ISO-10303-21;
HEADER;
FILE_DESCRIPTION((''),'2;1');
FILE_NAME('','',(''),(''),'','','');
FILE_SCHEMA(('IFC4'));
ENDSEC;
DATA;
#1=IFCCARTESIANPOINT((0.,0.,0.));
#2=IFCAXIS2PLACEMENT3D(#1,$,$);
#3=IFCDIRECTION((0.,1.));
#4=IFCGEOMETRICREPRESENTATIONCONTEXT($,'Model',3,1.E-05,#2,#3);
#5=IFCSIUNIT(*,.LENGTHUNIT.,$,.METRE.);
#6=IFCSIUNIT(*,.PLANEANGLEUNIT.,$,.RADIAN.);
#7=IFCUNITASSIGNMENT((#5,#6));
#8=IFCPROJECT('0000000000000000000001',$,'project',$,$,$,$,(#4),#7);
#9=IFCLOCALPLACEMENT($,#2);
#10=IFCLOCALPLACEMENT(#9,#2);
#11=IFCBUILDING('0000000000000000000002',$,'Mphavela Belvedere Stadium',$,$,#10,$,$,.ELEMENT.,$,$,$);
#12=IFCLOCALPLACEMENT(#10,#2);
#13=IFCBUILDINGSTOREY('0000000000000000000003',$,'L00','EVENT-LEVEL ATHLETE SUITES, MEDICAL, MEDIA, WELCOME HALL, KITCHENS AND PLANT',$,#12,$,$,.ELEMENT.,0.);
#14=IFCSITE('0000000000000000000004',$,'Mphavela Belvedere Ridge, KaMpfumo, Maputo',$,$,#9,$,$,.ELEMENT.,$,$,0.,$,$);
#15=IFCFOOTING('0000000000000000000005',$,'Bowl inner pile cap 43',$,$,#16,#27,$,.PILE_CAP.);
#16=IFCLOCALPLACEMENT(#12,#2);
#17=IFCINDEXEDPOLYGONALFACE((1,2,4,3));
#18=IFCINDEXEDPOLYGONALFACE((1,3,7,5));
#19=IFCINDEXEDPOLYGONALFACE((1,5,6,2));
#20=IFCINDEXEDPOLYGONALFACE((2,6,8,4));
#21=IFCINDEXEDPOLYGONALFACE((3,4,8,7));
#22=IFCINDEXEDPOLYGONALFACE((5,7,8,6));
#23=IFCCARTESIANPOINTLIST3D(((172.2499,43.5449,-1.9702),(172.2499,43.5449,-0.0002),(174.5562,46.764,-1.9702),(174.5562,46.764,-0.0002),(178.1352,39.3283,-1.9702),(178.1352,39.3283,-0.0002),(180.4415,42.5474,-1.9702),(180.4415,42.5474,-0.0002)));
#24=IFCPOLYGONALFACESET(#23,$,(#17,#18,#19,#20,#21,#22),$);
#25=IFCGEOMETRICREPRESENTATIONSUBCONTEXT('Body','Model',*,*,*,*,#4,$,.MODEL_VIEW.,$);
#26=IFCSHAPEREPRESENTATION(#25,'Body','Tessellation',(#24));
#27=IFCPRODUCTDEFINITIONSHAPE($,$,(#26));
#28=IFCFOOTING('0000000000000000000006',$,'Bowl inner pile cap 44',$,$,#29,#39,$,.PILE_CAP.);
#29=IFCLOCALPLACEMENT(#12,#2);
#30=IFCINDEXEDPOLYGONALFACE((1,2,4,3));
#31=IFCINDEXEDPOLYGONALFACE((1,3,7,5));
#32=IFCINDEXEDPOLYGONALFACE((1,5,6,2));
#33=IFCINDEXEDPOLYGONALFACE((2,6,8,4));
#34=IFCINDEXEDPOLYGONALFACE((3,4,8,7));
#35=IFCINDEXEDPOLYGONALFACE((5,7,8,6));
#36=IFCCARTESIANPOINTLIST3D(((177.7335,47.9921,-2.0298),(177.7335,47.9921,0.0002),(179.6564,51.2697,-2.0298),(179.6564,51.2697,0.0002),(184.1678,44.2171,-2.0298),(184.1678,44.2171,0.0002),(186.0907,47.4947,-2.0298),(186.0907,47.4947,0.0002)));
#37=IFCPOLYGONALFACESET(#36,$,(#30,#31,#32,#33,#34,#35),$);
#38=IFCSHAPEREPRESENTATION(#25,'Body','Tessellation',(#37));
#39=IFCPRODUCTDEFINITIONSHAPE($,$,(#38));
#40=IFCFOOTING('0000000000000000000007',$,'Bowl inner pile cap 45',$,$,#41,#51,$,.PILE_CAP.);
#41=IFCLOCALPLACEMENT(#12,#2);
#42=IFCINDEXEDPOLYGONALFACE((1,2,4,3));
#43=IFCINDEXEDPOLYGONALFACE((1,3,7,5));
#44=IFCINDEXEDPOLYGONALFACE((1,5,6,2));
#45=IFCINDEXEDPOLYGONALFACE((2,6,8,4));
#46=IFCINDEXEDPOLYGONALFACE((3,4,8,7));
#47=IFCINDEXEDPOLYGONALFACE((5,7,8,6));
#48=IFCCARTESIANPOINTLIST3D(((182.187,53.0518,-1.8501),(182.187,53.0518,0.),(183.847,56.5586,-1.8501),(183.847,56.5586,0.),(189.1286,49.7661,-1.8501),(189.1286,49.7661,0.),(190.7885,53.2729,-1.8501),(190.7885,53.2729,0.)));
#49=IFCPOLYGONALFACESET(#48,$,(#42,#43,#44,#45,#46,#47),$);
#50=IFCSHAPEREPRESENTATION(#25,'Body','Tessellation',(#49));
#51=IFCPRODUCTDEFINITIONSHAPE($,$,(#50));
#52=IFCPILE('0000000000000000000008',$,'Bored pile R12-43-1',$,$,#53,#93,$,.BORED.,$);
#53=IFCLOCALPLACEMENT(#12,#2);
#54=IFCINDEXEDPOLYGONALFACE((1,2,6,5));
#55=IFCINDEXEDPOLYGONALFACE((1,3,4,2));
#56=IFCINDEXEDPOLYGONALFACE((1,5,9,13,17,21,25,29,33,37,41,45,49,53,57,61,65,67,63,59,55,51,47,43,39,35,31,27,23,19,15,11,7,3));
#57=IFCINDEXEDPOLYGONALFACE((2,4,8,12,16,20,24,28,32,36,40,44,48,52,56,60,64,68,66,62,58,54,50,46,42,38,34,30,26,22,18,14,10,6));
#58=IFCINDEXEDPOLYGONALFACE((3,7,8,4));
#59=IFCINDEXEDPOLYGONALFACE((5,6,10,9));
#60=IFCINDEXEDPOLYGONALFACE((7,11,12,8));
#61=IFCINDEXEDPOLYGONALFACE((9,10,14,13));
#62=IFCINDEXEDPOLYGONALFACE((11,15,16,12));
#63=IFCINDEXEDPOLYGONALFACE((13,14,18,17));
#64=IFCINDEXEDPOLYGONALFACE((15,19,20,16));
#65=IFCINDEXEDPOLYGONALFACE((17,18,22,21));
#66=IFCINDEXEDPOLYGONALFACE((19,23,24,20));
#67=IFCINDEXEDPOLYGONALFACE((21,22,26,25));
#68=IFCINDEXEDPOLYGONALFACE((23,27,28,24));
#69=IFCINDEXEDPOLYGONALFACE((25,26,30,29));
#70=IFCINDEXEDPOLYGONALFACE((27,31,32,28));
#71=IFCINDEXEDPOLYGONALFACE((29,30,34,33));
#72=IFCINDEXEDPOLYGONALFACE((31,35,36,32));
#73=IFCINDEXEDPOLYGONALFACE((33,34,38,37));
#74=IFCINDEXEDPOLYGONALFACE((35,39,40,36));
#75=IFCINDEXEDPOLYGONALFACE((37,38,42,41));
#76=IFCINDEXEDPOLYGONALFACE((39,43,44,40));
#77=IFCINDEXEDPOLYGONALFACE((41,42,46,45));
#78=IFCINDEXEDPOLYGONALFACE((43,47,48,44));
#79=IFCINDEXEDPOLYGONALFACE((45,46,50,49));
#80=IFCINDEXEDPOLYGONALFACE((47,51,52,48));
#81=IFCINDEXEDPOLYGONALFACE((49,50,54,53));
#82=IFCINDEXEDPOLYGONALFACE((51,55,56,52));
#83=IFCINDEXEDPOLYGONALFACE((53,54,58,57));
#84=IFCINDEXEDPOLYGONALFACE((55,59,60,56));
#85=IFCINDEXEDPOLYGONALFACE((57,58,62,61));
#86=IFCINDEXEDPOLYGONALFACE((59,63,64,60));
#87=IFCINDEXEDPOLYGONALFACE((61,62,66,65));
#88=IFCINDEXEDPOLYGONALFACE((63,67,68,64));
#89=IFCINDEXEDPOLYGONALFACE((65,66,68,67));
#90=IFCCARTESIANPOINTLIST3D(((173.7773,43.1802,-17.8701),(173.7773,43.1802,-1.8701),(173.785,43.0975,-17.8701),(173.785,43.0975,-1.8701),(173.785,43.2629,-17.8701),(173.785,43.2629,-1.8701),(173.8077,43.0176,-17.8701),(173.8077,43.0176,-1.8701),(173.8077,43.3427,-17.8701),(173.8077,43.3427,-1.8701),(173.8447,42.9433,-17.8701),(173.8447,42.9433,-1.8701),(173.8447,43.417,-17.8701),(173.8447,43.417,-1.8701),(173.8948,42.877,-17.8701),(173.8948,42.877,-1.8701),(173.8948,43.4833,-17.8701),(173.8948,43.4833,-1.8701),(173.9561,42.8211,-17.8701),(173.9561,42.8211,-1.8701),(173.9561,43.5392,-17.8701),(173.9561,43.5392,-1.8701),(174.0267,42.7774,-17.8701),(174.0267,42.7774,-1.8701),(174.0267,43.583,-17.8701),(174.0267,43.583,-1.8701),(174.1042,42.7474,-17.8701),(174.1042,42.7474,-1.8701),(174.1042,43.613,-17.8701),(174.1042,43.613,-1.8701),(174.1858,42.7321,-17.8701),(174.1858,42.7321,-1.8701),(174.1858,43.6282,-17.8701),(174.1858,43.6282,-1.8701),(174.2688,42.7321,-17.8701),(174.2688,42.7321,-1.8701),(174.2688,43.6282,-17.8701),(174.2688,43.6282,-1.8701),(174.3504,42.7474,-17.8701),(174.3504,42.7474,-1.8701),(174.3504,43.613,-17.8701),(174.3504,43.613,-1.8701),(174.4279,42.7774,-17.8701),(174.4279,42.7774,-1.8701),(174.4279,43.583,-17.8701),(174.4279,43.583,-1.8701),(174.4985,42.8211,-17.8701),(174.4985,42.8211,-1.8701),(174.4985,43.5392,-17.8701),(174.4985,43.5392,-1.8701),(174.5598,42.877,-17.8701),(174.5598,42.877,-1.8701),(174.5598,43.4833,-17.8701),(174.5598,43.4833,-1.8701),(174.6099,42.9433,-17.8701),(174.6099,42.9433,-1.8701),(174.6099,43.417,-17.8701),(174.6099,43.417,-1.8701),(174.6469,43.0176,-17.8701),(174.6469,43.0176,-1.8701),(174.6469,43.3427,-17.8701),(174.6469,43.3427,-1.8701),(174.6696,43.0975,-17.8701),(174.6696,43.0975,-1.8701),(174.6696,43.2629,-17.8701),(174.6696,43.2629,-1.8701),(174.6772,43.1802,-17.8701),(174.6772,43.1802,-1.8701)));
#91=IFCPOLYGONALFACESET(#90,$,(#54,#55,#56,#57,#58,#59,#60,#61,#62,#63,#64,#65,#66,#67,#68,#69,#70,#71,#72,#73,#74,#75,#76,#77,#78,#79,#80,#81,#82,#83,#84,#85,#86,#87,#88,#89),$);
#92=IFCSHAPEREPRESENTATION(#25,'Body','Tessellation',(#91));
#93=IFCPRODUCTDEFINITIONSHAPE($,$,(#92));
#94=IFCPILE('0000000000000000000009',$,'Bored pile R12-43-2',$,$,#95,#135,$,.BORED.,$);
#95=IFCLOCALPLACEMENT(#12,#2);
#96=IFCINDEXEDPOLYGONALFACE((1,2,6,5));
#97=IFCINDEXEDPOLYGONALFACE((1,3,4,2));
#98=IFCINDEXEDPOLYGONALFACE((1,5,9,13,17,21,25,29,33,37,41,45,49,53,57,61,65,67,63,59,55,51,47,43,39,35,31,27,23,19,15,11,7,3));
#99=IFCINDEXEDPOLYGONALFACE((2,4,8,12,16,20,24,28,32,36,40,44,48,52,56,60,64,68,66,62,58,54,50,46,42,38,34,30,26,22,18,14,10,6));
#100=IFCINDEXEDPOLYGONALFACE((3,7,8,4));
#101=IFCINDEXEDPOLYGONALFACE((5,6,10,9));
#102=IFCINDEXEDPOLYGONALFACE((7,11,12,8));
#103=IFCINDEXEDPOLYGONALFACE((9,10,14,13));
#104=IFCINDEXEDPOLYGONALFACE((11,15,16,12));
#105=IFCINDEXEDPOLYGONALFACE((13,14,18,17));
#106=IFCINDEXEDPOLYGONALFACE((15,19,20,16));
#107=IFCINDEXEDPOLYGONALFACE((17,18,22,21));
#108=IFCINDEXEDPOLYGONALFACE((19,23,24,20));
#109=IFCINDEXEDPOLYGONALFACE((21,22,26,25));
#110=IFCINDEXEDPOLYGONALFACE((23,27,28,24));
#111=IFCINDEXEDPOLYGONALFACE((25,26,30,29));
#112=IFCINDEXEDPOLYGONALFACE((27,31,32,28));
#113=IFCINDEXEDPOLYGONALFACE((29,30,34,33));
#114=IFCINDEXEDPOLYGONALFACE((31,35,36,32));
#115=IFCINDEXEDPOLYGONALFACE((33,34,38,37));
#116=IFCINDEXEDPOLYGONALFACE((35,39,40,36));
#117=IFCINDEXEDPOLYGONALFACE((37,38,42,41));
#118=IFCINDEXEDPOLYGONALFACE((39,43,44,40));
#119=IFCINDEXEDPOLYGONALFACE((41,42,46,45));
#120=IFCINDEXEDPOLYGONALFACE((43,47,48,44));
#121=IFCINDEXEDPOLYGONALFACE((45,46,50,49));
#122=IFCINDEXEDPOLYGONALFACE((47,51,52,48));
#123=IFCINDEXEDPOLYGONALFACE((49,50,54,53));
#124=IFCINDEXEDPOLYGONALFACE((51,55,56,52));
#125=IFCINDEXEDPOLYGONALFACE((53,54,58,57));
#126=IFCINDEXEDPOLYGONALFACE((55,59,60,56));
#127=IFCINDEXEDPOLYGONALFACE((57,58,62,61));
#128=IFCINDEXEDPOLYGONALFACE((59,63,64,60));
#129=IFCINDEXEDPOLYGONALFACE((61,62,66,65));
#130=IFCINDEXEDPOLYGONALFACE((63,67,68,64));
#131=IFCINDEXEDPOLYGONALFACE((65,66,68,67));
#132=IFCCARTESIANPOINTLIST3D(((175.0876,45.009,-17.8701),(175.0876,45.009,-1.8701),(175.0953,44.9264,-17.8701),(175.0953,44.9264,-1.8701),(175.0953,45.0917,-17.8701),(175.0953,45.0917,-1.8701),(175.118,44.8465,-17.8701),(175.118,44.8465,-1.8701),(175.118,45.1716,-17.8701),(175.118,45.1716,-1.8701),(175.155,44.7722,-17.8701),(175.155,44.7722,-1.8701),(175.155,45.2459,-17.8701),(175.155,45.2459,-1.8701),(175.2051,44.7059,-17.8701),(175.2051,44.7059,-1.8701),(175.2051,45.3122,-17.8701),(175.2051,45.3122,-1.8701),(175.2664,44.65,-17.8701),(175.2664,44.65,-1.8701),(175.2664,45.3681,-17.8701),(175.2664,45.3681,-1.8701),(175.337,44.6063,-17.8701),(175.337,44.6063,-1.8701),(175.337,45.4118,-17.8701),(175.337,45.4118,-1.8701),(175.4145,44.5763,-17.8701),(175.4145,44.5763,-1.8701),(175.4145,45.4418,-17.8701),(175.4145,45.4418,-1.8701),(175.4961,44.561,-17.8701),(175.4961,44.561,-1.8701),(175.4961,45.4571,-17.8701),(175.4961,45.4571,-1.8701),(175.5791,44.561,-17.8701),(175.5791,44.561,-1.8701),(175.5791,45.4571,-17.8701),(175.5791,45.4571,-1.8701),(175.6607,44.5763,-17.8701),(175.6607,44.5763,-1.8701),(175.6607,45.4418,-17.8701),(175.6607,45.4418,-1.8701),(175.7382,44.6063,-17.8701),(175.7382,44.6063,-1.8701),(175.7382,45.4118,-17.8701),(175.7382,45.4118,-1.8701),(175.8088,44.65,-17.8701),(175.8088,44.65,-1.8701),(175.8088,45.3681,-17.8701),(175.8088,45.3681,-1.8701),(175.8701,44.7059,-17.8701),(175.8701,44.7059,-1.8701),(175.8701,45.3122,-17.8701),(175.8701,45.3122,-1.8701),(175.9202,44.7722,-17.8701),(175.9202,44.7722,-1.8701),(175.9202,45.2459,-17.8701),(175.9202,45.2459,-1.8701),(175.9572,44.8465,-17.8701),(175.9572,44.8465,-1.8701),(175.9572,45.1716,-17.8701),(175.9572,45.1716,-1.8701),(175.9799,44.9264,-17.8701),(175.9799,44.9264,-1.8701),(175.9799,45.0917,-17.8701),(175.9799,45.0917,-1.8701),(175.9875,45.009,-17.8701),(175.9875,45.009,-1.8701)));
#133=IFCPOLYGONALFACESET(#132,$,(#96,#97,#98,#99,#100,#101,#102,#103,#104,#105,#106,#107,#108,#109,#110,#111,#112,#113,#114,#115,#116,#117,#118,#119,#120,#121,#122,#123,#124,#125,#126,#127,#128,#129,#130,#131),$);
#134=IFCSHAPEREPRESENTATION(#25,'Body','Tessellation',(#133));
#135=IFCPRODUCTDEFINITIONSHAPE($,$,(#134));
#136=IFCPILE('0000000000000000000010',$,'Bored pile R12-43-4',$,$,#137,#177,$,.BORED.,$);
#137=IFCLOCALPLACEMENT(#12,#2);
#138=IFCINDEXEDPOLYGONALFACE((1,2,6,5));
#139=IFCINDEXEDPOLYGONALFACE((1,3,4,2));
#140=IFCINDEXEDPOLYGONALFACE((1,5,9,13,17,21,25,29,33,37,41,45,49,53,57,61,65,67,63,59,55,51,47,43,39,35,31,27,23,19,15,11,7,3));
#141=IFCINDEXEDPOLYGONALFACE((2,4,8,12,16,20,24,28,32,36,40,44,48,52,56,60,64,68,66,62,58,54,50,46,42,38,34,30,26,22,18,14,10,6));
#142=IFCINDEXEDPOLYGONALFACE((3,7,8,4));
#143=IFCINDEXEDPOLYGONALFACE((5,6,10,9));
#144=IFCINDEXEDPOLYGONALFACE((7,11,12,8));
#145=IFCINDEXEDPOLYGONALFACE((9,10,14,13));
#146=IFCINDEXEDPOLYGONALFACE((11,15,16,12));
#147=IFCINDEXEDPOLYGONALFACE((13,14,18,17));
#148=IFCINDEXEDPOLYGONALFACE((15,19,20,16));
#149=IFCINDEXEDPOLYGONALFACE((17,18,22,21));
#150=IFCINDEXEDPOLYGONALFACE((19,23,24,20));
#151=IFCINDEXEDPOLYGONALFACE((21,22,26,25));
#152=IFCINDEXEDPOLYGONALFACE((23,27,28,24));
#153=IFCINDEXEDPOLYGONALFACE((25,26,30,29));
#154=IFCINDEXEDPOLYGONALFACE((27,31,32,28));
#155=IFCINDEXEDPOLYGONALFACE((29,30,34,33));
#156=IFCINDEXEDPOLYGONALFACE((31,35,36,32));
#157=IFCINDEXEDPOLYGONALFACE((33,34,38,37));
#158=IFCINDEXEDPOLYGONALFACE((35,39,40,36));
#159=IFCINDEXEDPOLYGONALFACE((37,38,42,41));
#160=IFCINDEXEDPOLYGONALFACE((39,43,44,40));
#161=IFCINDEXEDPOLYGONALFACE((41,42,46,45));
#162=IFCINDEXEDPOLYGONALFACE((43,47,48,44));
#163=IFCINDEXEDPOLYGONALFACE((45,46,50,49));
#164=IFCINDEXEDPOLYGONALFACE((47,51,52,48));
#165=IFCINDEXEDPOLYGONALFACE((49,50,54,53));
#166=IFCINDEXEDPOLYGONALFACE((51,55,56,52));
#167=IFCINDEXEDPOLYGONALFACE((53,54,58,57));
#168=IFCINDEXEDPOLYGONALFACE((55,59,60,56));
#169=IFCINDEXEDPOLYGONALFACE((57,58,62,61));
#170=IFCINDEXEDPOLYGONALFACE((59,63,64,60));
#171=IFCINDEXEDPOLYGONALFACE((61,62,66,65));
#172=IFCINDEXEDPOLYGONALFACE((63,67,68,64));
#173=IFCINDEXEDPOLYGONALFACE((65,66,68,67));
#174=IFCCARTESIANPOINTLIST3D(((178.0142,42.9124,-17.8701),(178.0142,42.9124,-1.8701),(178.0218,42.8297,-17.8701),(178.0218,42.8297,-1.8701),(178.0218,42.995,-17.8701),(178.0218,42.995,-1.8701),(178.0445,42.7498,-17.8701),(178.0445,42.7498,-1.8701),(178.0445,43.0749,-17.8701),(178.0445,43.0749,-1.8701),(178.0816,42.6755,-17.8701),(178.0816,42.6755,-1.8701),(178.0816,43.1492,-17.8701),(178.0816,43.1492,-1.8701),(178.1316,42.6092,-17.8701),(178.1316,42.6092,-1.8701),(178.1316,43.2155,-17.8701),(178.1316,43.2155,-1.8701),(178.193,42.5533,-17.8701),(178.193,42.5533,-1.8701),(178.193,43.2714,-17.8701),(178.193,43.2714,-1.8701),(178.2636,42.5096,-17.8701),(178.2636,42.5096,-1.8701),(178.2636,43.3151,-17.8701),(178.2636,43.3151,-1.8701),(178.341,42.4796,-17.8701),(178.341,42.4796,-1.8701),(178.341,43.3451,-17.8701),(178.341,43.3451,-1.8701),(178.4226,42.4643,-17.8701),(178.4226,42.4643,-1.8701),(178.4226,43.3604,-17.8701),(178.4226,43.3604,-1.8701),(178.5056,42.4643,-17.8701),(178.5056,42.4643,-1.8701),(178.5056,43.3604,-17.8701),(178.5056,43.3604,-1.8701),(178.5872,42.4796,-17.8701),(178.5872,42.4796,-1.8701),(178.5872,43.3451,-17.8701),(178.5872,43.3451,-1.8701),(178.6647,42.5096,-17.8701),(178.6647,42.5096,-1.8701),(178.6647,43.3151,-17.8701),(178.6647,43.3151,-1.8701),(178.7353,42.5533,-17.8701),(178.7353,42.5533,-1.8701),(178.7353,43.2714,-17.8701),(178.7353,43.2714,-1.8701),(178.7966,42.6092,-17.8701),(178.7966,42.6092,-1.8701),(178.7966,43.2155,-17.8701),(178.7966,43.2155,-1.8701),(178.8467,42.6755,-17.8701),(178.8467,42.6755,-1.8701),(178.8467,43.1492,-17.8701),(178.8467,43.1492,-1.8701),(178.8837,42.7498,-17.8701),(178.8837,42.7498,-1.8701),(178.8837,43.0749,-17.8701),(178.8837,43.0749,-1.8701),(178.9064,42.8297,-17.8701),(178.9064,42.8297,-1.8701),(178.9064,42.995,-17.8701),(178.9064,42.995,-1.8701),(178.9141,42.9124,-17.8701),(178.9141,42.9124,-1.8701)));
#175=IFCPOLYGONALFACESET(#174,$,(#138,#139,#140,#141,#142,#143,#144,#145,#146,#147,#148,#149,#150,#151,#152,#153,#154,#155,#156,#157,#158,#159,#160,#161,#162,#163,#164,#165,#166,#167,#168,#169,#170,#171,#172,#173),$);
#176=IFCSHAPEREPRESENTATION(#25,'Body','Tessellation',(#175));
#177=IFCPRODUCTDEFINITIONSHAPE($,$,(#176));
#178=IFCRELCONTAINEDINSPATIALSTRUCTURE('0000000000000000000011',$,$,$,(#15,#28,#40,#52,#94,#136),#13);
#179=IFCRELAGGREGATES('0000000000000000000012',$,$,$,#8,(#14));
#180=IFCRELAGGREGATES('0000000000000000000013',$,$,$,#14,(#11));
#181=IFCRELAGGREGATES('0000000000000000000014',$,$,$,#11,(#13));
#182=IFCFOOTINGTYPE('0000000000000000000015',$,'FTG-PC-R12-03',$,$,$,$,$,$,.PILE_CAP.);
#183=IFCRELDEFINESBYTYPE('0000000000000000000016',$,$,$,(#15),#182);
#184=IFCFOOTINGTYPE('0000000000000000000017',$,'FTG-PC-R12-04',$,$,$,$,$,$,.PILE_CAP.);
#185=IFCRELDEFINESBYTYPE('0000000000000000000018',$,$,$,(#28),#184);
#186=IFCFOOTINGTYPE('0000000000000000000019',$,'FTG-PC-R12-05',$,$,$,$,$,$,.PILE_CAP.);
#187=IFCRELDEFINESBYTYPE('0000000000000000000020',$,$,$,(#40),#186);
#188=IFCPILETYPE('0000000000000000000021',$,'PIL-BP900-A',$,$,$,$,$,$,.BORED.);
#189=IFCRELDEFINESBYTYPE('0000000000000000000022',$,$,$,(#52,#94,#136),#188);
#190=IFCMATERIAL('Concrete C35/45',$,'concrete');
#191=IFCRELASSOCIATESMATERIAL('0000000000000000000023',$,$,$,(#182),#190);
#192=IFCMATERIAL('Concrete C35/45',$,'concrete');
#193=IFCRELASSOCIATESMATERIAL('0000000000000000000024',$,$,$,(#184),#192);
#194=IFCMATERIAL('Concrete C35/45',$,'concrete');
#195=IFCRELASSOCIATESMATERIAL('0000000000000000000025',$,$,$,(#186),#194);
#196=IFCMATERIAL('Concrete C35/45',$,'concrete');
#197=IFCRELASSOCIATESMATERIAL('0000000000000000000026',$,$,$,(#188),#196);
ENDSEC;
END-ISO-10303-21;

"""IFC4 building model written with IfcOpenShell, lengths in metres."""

from ifc_helpers import new_model, si_unit, direction, frame, origin, origin_2d, place, context, subcontext, project, spatial, rectangle, circle, extrude, material, material_profile, profile_set, type_object, element, save


model = new_model("IFC4")

# Units and contexts
model_context = context("Model", 3, precision=1e-05, world=origin(), true_north=direction((0.0, 1.0)))
body_context = subcontext(model_context, "Body", "Model", "MODEL_VIEW")
ifc_project = project(units=[si_unit("LENGTHUNIT", "METRE"), si_unit("PLANEANGLEUNIT", "RADIAN")], contexts=[model_context])

# Site, building, storey
site_placement = place(None, origin())
site = spatial("IfcSite", under=ifc_project, at=site_placement, Name="Mphavela Belvedere Ridge, KaMpfumo, Maputo", CompositionType="ELEMENT", RefElevation=0.0)
building_placement = place(site_placement, origin())
building = spatial("IfcBuilding", under=site, at=building_placement, Name="Mphavela Belvedere Stadium", CompositionType="ELEMENT")
storey_placement = place(building_placement, origin())
storey = spatial("IfcBuildingStorey", under=building, at=storey_placement, Name="L00", Description="EVENT-LEVEL ATHLETE SUITES, MEDICAL, MEDIA, WELCOME HALL, KITCHENS AND PLANT", CompositionType="ELEMENT", Elevation=0.0)

# Footings
ifc_material_1 = material(Name="Concrete C35/45", Category="concrete")
footing_type_1 = type_object("IfcFootingType", Name="FTG-PC-R12-03", PredefinedType="PILE_CAP", material=ifc_material_1)
footing_1_placement = place(storey_placement, frame((176.3457, 43.0461, -1.9702), z_axis=(0.0, 0.0, 1.0), x_axis=(0.812898, -0.582407, 0.0)))
element("IfcFooting", 1, at=footing_1_placement, inside=storey, type_object=footing_type_1, Name="Bowl inner pile cap 43", PredefinedType="PILE_CAP", context=body_context, shape_type="SweptSolid", body=[
    extrude(rectangle(XDim=7.24, YDim=3.96, at=origin_2d()), origin(), (0.0, 0.0, 1.0), 1.97),
])
ifc_material_2 = material(Name="Concrete C35/45", Category="concrete")
footing_type_2 = type_object("IfcFootingType", Name="FTG-PC-R12-04", PredefinedType="PILE_CAP", material=ifc_material_2)
footing_2_placement = place(storey_placement, frame((181.9121, 47.7434, -2.0298), z_axis=(0.0, 0.0, 1.0), x_axis=(0.862514, -0.506034, 0.0)))
element("IfcFooting", 2, at=footing_2_placement, inside=storey, type_object=footing_type_2, Name="Bowl inner pile cap 44", PredefinedType="PILE_CAP", context=body_context, shape_type="SweptSolid", body=[
    extrude(rectangle(XDim=7.46, YDim=3.8, at=origin_2d()), origin(), (0.0, 0.0, 1.0), 2.03),
])
ifc_material_3 = material(Name="Concrete C35/45", Category="concrete")
footing_type_3 = type_object("IfcFootingType", Name="FTG-PC-R12-05", PredefinedType="PILE_CAP", material=ifc_material_3)
footing_3_placement = place(storey_placement, frame((186.4878, 53.1624, -1.8501), z_axis=(0.0, 0.0, 1.0), x_axis=(0.903859, -0.427831, 0.0)))
element("IfcFooting", 3, at=footing_3_placement, inside=storey, type_object=footing_type_3, Name="Bowl inner pile cap 45", PredefinedType="PILE_CAP", context=body_context, shape_type="SweptSolid", body=[
    extrude(rectangle(XDim=7.6799, YDim=3.8799, at=origin_2d()), origin(), (0.0, 0.0, 1.0), 1.8501),
])

# Piles
ifc_material_4 = material(Name="Concrete C35/45", Category="concrete")
ifc_material_profile_1 = material_profile(ifc_material_4, circle(Radius=0.45, at=origin_2d()), Name="BP D900")
ifc_profile_set_1 = profile_set([ifc_material_profile_1], Name="Concrete C35/45")
pile_type_1 = type_object("IfcPileType", Name="PIL-BP900-A", PredefinedType="BORED", material=ifc_profile_set_1)
for number, where, z_axis, x_axis, name in (
    (4, (174.2273, 43.1802, -1.8701), (0.0, 0.0, -1.0), (1.0, 0.0, 0.0), "Bored pile R12-43-1"),
    (5, (175.5376, 45.009, -1.8701), (0.0, 0.0, -1.0), (1.0, 0.0, 0.0), "Bored pile R12-43-2"),
    (6, (178.4641, 42.9124, -1.8701), (0.0, 0.0, -1.0), (1.0, 0.0, 0.0), "Bored pile R12-43-4"),
):
    element("IfcPile", number, at=place(storey_placement, frame(where, z_axis=z_axis, x_axis=x_axis)), inside=storey, type_object=pile_type_1, Name=name, PredefinedType="BORED", context=body_context, shape_type="SweptSolid", body=[
        extrude(circle(Radius=0.45, at=origin_2d()), origin(), (0.0, 0.0, 1.0), 16.0),
    ])

save(model, "model.ifc")
